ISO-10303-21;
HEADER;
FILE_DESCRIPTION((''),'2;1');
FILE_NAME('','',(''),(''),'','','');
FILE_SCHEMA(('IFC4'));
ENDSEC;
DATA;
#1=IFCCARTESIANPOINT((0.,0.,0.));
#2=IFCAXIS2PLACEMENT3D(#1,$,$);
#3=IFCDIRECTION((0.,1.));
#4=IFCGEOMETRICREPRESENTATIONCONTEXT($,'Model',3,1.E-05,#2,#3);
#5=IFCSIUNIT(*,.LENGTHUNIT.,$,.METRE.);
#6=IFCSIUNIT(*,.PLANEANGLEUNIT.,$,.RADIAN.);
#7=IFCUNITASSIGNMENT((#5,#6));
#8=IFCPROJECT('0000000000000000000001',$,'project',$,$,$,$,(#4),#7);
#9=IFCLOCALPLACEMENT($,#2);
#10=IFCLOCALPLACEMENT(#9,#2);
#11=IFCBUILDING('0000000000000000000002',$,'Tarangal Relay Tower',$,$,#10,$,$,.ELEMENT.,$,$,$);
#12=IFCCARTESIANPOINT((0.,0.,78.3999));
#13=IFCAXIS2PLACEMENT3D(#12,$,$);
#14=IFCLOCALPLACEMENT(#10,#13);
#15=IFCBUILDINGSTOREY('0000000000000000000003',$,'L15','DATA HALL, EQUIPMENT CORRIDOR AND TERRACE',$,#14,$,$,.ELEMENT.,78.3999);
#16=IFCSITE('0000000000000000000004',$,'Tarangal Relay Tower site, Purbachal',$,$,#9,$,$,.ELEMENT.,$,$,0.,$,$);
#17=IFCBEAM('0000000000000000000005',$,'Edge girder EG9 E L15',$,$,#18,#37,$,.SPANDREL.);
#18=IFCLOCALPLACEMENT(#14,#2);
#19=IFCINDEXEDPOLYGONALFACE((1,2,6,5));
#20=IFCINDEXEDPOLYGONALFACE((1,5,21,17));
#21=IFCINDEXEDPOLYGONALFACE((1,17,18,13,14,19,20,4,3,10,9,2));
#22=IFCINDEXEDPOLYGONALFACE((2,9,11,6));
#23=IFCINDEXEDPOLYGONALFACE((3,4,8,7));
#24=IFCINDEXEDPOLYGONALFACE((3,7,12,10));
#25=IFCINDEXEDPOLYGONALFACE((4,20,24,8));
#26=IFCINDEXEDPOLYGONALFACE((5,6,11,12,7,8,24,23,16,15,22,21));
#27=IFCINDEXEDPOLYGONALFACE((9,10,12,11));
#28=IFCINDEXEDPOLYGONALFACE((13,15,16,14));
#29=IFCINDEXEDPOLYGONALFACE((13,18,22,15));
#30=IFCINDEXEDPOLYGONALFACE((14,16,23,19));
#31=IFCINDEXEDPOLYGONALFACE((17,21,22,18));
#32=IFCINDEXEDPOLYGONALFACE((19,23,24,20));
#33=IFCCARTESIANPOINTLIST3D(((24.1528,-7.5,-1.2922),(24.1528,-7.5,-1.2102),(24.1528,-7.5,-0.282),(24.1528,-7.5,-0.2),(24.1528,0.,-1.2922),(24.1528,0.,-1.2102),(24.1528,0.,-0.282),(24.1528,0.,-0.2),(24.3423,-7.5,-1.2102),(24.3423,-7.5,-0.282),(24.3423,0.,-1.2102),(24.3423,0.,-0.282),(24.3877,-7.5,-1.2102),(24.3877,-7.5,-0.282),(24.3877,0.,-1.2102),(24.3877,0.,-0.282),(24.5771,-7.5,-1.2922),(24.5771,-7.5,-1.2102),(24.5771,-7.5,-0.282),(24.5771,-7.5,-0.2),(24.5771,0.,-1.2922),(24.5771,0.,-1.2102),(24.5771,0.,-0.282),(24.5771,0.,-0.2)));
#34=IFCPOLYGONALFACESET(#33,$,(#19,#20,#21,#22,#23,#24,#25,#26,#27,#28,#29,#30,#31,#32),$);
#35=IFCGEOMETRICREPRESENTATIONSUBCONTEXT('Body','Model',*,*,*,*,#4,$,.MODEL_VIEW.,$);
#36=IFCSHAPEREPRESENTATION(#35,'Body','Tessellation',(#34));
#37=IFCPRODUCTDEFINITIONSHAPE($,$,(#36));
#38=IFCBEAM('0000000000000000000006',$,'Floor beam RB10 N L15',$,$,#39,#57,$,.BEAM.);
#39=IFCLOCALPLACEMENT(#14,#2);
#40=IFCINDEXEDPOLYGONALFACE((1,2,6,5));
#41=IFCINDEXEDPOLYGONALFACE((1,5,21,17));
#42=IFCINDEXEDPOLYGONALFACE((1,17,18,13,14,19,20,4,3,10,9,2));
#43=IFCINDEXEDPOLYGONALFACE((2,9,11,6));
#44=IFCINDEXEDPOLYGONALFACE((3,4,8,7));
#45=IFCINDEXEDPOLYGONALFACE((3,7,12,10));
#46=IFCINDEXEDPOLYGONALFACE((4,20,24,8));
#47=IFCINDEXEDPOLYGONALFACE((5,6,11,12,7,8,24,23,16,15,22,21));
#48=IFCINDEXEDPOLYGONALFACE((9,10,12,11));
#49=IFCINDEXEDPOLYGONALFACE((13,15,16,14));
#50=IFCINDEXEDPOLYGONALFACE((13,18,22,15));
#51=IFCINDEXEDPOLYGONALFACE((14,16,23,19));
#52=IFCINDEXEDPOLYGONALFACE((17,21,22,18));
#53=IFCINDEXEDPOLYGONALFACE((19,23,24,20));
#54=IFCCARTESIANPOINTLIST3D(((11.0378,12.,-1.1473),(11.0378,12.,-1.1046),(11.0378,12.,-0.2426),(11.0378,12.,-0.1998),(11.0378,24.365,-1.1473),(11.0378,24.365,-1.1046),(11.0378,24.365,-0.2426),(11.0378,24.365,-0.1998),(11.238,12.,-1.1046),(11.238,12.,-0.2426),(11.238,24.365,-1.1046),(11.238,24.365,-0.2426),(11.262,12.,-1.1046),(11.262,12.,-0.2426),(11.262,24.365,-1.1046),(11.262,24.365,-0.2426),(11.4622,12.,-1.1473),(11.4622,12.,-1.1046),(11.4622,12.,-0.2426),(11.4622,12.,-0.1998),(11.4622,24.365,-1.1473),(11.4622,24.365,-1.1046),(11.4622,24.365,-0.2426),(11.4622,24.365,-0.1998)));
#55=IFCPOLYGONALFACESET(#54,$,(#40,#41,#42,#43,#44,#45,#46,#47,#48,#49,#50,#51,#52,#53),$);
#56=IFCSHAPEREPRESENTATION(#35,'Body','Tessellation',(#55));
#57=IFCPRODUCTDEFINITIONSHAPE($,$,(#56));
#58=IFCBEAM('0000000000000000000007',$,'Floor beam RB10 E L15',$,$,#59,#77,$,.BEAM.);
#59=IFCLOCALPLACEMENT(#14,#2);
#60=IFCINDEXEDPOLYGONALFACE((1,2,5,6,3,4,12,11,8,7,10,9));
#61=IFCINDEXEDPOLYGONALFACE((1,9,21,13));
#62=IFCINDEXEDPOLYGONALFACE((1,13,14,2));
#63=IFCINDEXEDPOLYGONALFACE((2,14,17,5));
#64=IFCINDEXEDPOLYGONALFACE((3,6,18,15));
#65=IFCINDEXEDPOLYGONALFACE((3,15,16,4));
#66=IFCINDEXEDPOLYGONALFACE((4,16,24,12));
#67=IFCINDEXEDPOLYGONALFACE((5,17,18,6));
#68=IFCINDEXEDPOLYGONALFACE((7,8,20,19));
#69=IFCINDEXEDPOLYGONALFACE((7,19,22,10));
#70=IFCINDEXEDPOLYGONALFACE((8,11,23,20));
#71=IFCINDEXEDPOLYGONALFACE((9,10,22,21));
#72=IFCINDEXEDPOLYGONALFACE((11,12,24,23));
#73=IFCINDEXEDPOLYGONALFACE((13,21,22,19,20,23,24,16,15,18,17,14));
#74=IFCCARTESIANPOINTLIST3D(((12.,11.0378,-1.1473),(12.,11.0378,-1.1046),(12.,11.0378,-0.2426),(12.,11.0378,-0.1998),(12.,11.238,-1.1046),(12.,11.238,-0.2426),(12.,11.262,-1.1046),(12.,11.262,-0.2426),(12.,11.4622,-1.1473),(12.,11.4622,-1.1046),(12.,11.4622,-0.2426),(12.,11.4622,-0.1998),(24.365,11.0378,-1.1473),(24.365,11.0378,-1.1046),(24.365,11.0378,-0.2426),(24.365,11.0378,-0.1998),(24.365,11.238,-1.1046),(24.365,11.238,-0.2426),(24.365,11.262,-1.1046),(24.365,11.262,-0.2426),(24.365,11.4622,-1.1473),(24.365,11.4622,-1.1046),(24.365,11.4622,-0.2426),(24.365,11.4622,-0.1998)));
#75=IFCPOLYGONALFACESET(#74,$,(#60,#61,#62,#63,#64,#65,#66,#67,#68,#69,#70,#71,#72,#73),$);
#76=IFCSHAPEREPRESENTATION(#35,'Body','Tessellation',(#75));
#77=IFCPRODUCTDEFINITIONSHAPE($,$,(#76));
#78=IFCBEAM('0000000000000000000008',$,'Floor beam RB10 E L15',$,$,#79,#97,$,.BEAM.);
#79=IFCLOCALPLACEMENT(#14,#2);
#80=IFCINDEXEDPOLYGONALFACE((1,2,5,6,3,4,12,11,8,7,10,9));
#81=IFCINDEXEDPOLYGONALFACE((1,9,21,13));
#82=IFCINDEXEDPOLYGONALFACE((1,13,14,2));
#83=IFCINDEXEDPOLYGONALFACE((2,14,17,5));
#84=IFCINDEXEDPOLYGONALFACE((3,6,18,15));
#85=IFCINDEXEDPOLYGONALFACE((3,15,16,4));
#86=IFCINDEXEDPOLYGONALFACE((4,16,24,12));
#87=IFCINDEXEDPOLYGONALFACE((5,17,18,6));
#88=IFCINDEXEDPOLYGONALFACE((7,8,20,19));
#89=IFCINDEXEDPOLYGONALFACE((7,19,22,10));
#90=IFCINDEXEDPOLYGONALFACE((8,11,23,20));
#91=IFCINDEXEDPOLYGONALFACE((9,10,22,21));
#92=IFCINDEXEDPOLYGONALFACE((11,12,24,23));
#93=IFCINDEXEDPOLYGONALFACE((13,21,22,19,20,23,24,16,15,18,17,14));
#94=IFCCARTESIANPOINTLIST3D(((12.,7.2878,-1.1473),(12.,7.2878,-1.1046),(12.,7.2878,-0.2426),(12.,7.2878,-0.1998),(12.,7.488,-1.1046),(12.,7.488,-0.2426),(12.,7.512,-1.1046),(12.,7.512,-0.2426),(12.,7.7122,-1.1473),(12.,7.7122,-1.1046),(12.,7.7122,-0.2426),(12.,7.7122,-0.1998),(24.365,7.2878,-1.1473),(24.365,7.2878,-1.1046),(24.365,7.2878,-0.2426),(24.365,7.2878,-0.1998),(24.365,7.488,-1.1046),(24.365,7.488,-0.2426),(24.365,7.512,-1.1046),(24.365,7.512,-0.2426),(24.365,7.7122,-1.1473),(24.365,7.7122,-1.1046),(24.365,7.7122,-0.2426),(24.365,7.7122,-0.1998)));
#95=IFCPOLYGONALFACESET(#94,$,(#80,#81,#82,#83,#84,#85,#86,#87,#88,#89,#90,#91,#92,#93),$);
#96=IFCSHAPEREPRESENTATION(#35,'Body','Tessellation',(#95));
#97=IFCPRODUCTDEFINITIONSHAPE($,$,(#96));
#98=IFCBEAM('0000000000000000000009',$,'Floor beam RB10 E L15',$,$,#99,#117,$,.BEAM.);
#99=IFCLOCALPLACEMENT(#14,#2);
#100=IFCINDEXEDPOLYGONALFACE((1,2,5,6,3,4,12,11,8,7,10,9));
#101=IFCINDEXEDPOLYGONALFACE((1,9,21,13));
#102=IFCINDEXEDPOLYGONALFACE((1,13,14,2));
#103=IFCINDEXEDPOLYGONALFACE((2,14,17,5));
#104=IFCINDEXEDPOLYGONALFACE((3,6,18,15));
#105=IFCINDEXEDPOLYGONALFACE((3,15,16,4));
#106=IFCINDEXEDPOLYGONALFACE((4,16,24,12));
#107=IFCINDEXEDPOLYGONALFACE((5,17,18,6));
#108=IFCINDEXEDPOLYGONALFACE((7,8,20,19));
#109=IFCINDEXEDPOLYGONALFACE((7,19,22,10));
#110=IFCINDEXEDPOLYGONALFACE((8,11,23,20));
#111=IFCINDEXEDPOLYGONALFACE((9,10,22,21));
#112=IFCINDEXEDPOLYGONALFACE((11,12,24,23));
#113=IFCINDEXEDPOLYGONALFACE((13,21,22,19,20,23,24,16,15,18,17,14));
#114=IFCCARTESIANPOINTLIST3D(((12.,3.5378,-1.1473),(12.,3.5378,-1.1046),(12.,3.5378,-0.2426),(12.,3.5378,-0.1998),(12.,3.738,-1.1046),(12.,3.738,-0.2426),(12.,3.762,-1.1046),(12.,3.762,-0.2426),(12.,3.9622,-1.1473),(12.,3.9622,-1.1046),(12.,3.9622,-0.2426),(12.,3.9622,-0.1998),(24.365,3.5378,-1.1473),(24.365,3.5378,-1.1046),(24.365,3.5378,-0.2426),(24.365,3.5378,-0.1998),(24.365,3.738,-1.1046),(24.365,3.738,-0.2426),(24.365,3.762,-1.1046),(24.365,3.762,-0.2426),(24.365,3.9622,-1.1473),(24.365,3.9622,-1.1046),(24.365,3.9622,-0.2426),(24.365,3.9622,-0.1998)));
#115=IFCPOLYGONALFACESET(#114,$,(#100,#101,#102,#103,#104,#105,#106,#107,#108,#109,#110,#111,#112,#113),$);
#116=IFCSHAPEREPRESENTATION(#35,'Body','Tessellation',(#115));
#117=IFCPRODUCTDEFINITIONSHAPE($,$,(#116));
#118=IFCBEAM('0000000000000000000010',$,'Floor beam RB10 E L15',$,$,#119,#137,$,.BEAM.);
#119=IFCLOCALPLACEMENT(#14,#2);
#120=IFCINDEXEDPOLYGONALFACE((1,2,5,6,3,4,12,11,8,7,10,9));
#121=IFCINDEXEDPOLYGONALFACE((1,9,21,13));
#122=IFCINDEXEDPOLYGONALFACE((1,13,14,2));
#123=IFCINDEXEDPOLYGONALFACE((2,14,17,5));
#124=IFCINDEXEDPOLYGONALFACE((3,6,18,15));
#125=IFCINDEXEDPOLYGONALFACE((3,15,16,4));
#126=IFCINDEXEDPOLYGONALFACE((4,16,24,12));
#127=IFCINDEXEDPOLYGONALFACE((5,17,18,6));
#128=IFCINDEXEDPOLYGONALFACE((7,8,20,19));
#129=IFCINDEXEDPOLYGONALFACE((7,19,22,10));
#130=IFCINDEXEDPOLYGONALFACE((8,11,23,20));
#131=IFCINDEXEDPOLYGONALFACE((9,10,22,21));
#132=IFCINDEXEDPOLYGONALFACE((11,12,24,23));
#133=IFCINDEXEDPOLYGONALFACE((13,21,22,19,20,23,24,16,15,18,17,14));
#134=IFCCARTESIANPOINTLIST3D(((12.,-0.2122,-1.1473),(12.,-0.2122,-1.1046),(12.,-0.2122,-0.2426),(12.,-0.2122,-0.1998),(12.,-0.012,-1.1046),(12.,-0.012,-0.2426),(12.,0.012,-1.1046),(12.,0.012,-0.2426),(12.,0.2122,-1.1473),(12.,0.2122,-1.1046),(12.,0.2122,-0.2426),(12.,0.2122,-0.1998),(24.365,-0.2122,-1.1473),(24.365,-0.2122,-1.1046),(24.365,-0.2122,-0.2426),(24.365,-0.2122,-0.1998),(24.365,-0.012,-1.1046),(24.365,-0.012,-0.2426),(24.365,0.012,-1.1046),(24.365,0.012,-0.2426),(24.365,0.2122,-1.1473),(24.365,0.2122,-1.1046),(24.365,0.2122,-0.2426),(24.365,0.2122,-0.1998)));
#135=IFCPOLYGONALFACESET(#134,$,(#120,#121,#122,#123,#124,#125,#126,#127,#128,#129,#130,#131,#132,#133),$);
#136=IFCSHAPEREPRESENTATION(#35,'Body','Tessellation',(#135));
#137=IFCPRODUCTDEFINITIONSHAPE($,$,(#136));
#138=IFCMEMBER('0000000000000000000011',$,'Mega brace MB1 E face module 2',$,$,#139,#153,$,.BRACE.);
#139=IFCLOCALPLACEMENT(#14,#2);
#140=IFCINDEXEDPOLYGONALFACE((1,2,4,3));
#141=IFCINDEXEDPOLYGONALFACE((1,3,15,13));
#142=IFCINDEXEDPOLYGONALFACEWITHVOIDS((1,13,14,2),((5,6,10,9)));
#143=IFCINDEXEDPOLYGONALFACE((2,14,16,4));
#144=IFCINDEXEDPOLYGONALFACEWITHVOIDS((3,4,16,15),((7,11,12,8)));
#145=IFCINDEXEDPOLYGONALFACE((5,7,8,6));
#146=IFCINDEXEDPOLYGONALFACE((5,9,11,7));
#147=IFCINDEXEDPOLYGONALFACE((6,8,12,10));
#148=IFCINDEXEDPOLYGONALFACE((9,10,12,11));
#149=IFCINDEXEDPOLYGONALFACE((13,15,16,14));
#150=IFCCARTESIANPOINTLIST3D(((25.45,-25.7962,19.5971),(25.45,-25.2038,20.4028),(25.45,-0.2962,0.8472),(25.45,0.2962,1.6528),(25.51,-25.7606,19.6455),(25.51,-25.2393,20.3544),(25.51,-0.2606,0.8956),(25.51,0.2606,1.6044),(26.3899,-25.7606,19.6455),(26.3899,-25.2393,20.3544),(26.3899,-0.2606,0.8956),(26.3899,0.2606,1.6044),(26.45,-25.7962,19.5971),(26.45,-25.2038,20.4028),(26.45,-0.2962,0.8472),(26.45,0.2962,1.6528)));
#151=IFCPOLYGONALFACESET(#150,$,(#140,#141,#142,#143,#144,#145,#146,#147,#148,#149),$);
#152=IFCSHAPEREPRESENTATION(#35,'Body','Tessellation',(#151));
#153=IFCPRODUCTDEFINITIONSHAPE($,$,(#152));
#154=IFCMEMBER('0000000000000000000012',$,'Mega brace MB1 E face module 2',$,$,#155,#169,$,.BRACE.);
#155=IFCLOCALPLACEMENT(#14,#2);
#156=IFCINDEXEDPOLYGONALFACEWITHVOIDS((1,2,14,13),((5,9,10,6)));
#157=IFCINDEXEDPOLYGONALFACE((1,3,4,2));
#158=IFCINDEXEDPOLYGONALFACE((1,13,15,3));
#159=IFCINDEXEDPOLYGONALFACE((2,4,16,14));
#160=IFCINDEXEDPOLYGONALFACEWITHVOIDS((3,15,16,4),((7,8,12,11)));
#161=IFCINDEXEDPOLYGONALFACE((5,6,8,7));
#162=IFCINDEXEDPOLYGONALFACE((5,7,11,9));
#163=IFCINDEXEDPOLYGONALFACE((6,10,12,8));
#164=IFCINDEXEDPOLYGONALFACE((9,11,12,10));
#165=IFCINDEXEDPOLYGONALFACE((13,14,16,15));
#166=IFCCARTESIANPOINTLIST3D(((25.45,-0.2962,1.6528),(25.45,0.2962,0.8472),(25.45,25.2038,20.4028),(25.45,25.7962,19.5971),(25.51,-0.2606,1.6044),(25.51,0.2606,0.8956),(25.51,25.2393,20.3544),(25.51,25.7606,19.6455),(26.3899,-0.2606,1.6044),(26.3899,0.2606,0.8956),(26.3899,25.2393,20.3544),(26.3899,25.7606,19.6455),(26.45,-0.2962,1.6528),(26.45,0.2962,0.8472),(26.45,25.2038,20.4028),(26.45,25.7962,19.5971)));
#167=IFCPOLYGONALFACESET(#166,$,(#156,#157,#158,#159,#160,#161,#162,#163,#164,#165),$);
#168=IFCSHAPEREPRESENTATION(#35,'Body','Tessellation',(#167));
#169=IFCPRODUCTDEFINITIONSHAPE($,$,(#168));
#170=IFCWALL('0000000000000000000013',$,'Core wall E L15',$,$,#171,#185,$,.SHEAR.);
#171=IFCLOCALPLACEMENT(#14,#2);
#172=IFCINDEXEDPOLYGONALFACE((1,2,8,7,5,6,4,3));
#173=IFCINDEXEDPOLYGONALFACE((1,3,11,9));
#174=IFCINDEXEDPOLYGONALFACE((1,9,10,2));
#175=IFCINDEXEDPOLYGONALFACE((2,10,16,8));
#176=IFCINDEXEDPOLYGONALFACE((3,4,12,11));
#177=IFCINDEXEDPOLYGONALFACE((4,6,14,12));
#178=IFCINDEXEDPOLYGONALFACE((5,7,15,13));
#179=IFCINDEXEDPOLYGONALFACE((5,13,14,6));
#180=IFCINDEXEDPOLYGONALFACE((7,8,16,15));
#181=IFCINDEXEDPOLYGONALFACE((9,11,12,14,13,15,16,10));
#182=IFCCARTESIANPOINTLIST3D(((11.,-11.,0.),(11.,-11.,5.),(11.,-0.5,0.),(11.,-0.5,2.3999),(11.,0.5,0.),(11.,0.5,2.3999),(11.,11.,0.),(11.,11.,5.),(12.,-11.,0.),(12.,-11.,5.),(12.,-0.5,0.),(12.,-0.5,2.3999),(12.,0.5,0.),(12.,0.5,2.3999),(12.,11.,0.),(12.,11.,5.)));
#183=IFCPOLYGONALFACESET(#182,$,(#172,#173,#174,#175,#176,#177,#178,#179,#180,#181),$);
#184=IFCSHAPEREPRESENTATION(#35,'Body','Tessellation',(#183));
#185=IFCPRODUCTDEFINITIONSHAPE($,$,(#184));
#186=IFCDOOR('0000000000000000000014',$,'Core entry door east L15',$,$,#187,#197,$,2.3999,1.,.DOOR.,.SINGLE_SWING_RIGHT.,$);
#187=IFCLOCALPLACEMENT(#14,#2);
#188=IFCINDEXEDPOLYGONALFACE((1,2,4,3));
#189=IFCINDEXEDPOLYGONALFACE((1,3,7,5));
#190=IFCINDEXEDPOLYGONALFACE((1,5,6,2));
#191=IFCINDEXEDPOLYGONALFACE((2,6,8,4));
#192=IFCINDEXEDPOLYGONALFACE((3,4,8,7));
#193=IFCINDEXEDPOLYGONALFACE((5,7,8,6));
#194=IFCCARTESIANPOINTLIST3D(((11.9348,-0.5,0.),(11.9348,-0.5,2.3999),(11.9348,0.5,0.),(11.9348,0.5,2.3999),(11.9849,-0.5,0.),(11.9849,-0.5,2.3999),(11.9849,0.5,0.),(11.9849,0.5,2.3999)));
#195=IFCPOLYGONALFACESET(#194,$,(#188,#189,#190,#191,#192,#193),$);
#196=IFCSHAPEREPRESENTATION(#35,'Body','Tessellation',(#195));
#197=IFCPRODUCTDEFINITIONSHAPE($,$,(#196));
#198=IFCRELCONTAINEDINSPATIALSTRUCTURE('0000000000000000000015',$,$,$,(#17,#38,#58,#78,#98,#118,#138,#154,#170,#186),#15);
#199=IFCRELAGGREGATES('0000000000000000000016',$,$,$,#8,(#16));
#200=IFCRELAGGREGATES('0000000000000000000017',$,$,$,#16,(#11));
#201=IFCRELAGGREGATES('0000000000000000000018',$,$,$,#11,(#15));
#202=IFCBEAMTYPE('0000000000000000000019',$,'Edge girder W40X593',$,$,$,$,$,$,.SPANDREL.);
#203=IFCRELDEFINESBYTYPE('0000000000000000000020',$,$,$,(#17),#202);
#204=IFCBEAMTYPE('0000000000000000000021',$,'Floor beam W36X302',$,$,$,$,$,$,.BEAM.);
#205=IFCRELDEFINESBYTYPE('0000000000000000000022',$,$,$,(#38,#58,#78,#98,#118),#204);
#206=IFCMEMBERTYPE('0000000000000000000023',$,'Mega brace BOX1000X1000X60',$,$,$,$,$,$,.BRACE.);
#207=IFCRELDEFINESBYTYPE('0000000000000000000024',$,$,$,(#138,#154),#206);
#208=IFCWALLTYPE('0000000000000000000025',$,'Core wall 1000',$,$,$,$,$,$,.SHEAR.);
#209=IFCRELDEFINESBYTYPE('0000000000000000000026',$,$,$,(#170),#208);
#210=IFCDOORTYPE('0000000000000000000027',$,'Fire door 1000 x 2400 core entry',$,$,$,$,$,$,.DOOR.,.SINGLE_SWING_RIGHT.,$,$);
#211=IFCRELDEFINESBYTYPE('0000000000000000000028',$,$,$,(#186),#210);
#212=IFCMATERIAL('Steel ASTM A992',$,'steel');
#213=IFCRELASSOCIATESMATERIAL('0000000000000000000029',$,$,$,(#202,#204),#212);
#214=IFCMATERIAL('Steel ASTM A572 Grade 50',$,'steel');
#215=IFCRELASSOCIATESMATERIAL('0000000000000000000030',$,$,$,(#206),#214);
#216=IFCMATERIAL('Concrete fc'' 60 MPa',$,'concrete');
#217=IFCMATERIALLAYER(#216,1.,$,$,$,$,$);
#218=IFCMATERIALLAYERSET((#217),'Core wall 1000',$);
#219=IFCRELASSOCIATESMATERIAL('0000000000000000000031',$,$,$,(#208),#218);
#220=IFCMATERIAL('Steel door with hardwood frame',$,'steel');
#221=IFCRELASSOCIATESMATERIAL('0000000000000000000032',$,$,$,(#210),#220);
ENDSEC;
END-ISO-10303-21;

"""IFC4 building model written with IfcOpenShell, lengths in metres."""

from ifc_helpers import new_model, si_unit, direction, frame, frame_2d, origin, origin_2d, place, context, subcontext, project, spatial, rectangle, hollow_rectangle, i_section, extrude, material, layer, layer_set, material_profile, profile_set, type_object, element, fill, save


model = new_model("IFC4")

# Units and contexts
model_context = context("Model", 3, precision=1e-05, world=origin(), true_north=direction((0.0, 1.0)))
body_context = subcontext(model_context, "Body", "Model", "MODEL_VIEW")
ifc_project = project(units=[si_unit("LENGTHUNIT", "METRE"), si_unit("PLANEANGLEUNIT", "RADIAN")], contexts=[model_context])

# Site, building, storey
site_placement = place(None, origin())
site = spatial("IfcSite", under=ifc_project, at=site_placement, Name="Tarangal Relay Tower site, Purbachal", CompositionType="ELEMENT", RefElevation=0.0)
building_placement = place(site_placement, origin())
building = spatial("IfcBuilding", under=site, at=building_placement, Name="Tarangal Relay Tower", CompositionType="ELEMENT")
storey_placement = place(building_placement, frame((0.0, 0.0, 78.3999)))
storey = spatial("IfcBuildingStorey", under=building, at=storey_placement, Name="L15", Description="DATA HALL, EQUIPMENT CORRIDOR AND TERRACE", CompositionType="ELEMENT", Elevation=78.3999)

# Shared definitions
ifc_material_1 = material(Name="Steel ASTM A572 Grade 50", Category="steel")

# Beams
ifc_material_2 = material(Name="Steel ASTM A992", Category="steel")
ifc_material_profile_1 = material_profile(ifc_material_2, i_section(OverallWidth=0.4243, OverallDepth=1.0923, WebThickness=0.0454, FlangeThickness=0.082, at=origin_2d()), Name="W40X593")
ifc_profile_set_1 = profile_set([ifc_material_profile_1], Name="Steel ASTM A992")
beam_type_1 = type_object("IfcBeamType", Name="Edge girder W40X593", PredefinedType="SPANDREL", material=ifc_profile_set_1)
for number, where, z_axis, x_axis, name in (
    (1, (24.365, 0.0, -0.7461), (0.0, -1.0, 0.0), (1.0, 0.0, 0.0), "Edge girder EG9 E L15"),
):
    element("IfcBeam", number, at=place(storey_placement, frame(where, z_axis=z_axis, x_axis=x_axis)), inside=storey, type_object=beam_type_1, Name=name, PredefinedType="SPANDREL", context=body_context, shape_type="SweptSolid", body=[
        extrude(i_section(OverallWidth=0.4243, OverallDepth=1.0923, WebThickness=0.0454, FlangeThickness=0.082, at=origin_2d()), origin(), (0.0, 0.0, 1.0), 7.5),
    ])
ifc_material_profile_2 = material_profile(ifc_material_2, i_section(OverallWidth=0.4243, OverallDepth=0.9475, WebThickness=0.0239, FlangeThickness=0.0427, at=origin_2d()), Name="W36X302")
ifc_profile_set_2 = profile_set([ifc_material_profile_2], Name="Steel ASTM A992")
beam_type_2 = type_object("IfcBeamType", Name="Floor beam W36X302", PredefinedType="BEAM", material=ifc_profile_set_2)
for number, where, z_axis, x_axis, name in (
    (2, (11.25, 12.0, -0.6736), (0.0, 1.0, 0.0), (-1.0, 0.0, 0.0), "Floor beam RB10 N L15"),
    (3, (12.0, 11.25, -0.6736), (1.0, 0.0, 0.0), (0.0, 1.0, 0.0), "Floor beam RB10 E L15"),
    (4, (12.0, 7.5, -0.6736), (1.0, 0.0, 0.0), (0.0, 1.0, 0.0), "Floor beam RB10 E L15"),
    (5, (12.0, 3.75, -0.6736), (1.0, 0.0, 0.0), (0.0, 1.0, 0.0), "Floor beam RB10 E L15"),
    (6, (12.0, 0.0, -0.6736), (1.0, 0.0, 0.0), (0.0, 1.0, 0.0), "Floor beam RB10 E L15"),
):
    element("IfcBeam", number, at=place(storey_placement, frame(where, z_axis=z_axis, x_axis=x_axis)), inside=storey, type_object=beam_type_2, Name=name, PredefinedType="BEAM", context=body_context, shape_type="SweptSolid", body=[
        extrude(i_section(OverallWidth=0.4243, OverallDepth=0.9475, WebThickness=0.0239, FlangeThickness=0.0427, at=origin_2d()), origin(), (0.0, 0.0, 1.0), 12.365),
    ])

# Members
ifc_material_profile_3 = material_profile(ifc_material_1, hollow_rectangle(XDim=1.0, YDim=1.0, WallThickness=0.0601, at=origin_2d()), Name="BOX1000X1000X60")
ifc_profile_set_3 = profile_set([ifc_material_profile_3], Name="Steel ASTM A572 Grade 50")
member_type = type_object("IfcMemberType", Name="Mega brace BOX1000X1000X60", PredefinedType="BRACE", material=ifc_profile_set_3)
for number, where, z_axis, x_axis, name in (
    (7, (25.95, 0.0, 1.25), (0.0, -0.805651, 0.59239), (1.0, 0.0, 0.0), "Mega brace MB1 E face module 2"),
    (8, (25.95, 0.0, 1.25), (0.0, 0.805651, 0.59239), (-1.0, 0.0, 0.0), "Mega brace MB1 E face module 2"),
):
    element("IfcMember", number, at=place(storey_placement, frame(where, z_axis=z_axis, x_axis=x_axis)), inside=storey, type_object=member_type, Name=name, PredefinedType="BRACE", context=body_context, shape_type="SweptSolid", body=[
        extrude(hollow_rectangle(XDim=1.0, YDim=1.0, WallThickness=0.0601, at=origin_2d()), origin(), (0.0, 0.0, 1.0), 31.6514),
    ])

# Wall, opening, door
ifc_material_3 = material(Name="Concrete fc' 60 MPa", Category="concrete")
ifc_layer_1 = layer(ifc_material_3, 1.0)
ifc_layer_set_1 = layer_set([ifc_layer_1], Name="Core wall 1000")
wall_type_1 = type_object("IfcWallType", Name="Core wall 1000", PredefinedType="SHEAR", material=ifc_layer_set_1)
wall_1_placement = place(storey_placement, frame((11.5, 11.0, 0.0), z_axis=(0.0, 0.0, 1.0), x_axis=(0.0, -1.0, 0.0)))
wall_1 = element("IfcWall", 9, at=wall_1_placement, inside=storey, type_object=wall_type_1, Name="Core wall E L15", PredefinedType="SHEAR", context=body_context, shape_type="SweptSolid", body=[
    extrude(rectangle(XDim=22.0, YDim=1.0, at=frame_2d((11.0, 0.0))), origin(), (0.0, 0.0, 1.0), 5.0),
])
opening_1_placement = place(wall_1_placement, frame((10.5, 0.0, 0.0)))
opening_1 = element("IfcOpeningElement", 10, at=opening_1_placement, cuts=wall_1, PredefinedType="OPENING", context=body_context, shape_type="SweptSolid", body=[
    extrude(rectangle(XDim=1.0, YDim=2.3999, at=frame_2d((0.5, 1.2))), frame((0.0, 0.51, 0.0), z_axis=(0.0, -1.0, 0.0), x_axis=(1.0, 0.0, 0.0)), (0.0, 0.0, 1.0), 1.02),
])
ifc_material_4 = material(Name="Steel door with hardwood frame", Category="steel")
door_type_1 = type_object("IfcDoorType", Name="Fire door 1000 x 2400 core entry", OperationType="SINGLE_SWING_RIGHT", PredefinedType="DOOR", material=ifc_material_4)
door_1_placement = place(opening_1_placement, origin())
door_1 = element("IfcDoor", 11, at=door_1_placement, inside=storey, type_object=door_type_1, Name="Core entry door east L15", OperationType="SINGLE_SWING_RIGHT", OverallHeight=2.3999, OverallWidth=1.0, PredefinedType="DOOR", context=body_context, shape_type="SweptSolid", body=[
    extrude(rectangle(XDim=1.0, YDim=2.3999, at=frame_2d((0.5, 1.2))), frame((0.0, 0.4849, 0.0), z_axis=(0.0, -1.0, 0.0), x_axis=(1.0, 0.0, 0.0)), (0.0, 0.0, 1.0), 0.05),
])
fill(opening_1, door_1)

save(model, "model.ifc")
